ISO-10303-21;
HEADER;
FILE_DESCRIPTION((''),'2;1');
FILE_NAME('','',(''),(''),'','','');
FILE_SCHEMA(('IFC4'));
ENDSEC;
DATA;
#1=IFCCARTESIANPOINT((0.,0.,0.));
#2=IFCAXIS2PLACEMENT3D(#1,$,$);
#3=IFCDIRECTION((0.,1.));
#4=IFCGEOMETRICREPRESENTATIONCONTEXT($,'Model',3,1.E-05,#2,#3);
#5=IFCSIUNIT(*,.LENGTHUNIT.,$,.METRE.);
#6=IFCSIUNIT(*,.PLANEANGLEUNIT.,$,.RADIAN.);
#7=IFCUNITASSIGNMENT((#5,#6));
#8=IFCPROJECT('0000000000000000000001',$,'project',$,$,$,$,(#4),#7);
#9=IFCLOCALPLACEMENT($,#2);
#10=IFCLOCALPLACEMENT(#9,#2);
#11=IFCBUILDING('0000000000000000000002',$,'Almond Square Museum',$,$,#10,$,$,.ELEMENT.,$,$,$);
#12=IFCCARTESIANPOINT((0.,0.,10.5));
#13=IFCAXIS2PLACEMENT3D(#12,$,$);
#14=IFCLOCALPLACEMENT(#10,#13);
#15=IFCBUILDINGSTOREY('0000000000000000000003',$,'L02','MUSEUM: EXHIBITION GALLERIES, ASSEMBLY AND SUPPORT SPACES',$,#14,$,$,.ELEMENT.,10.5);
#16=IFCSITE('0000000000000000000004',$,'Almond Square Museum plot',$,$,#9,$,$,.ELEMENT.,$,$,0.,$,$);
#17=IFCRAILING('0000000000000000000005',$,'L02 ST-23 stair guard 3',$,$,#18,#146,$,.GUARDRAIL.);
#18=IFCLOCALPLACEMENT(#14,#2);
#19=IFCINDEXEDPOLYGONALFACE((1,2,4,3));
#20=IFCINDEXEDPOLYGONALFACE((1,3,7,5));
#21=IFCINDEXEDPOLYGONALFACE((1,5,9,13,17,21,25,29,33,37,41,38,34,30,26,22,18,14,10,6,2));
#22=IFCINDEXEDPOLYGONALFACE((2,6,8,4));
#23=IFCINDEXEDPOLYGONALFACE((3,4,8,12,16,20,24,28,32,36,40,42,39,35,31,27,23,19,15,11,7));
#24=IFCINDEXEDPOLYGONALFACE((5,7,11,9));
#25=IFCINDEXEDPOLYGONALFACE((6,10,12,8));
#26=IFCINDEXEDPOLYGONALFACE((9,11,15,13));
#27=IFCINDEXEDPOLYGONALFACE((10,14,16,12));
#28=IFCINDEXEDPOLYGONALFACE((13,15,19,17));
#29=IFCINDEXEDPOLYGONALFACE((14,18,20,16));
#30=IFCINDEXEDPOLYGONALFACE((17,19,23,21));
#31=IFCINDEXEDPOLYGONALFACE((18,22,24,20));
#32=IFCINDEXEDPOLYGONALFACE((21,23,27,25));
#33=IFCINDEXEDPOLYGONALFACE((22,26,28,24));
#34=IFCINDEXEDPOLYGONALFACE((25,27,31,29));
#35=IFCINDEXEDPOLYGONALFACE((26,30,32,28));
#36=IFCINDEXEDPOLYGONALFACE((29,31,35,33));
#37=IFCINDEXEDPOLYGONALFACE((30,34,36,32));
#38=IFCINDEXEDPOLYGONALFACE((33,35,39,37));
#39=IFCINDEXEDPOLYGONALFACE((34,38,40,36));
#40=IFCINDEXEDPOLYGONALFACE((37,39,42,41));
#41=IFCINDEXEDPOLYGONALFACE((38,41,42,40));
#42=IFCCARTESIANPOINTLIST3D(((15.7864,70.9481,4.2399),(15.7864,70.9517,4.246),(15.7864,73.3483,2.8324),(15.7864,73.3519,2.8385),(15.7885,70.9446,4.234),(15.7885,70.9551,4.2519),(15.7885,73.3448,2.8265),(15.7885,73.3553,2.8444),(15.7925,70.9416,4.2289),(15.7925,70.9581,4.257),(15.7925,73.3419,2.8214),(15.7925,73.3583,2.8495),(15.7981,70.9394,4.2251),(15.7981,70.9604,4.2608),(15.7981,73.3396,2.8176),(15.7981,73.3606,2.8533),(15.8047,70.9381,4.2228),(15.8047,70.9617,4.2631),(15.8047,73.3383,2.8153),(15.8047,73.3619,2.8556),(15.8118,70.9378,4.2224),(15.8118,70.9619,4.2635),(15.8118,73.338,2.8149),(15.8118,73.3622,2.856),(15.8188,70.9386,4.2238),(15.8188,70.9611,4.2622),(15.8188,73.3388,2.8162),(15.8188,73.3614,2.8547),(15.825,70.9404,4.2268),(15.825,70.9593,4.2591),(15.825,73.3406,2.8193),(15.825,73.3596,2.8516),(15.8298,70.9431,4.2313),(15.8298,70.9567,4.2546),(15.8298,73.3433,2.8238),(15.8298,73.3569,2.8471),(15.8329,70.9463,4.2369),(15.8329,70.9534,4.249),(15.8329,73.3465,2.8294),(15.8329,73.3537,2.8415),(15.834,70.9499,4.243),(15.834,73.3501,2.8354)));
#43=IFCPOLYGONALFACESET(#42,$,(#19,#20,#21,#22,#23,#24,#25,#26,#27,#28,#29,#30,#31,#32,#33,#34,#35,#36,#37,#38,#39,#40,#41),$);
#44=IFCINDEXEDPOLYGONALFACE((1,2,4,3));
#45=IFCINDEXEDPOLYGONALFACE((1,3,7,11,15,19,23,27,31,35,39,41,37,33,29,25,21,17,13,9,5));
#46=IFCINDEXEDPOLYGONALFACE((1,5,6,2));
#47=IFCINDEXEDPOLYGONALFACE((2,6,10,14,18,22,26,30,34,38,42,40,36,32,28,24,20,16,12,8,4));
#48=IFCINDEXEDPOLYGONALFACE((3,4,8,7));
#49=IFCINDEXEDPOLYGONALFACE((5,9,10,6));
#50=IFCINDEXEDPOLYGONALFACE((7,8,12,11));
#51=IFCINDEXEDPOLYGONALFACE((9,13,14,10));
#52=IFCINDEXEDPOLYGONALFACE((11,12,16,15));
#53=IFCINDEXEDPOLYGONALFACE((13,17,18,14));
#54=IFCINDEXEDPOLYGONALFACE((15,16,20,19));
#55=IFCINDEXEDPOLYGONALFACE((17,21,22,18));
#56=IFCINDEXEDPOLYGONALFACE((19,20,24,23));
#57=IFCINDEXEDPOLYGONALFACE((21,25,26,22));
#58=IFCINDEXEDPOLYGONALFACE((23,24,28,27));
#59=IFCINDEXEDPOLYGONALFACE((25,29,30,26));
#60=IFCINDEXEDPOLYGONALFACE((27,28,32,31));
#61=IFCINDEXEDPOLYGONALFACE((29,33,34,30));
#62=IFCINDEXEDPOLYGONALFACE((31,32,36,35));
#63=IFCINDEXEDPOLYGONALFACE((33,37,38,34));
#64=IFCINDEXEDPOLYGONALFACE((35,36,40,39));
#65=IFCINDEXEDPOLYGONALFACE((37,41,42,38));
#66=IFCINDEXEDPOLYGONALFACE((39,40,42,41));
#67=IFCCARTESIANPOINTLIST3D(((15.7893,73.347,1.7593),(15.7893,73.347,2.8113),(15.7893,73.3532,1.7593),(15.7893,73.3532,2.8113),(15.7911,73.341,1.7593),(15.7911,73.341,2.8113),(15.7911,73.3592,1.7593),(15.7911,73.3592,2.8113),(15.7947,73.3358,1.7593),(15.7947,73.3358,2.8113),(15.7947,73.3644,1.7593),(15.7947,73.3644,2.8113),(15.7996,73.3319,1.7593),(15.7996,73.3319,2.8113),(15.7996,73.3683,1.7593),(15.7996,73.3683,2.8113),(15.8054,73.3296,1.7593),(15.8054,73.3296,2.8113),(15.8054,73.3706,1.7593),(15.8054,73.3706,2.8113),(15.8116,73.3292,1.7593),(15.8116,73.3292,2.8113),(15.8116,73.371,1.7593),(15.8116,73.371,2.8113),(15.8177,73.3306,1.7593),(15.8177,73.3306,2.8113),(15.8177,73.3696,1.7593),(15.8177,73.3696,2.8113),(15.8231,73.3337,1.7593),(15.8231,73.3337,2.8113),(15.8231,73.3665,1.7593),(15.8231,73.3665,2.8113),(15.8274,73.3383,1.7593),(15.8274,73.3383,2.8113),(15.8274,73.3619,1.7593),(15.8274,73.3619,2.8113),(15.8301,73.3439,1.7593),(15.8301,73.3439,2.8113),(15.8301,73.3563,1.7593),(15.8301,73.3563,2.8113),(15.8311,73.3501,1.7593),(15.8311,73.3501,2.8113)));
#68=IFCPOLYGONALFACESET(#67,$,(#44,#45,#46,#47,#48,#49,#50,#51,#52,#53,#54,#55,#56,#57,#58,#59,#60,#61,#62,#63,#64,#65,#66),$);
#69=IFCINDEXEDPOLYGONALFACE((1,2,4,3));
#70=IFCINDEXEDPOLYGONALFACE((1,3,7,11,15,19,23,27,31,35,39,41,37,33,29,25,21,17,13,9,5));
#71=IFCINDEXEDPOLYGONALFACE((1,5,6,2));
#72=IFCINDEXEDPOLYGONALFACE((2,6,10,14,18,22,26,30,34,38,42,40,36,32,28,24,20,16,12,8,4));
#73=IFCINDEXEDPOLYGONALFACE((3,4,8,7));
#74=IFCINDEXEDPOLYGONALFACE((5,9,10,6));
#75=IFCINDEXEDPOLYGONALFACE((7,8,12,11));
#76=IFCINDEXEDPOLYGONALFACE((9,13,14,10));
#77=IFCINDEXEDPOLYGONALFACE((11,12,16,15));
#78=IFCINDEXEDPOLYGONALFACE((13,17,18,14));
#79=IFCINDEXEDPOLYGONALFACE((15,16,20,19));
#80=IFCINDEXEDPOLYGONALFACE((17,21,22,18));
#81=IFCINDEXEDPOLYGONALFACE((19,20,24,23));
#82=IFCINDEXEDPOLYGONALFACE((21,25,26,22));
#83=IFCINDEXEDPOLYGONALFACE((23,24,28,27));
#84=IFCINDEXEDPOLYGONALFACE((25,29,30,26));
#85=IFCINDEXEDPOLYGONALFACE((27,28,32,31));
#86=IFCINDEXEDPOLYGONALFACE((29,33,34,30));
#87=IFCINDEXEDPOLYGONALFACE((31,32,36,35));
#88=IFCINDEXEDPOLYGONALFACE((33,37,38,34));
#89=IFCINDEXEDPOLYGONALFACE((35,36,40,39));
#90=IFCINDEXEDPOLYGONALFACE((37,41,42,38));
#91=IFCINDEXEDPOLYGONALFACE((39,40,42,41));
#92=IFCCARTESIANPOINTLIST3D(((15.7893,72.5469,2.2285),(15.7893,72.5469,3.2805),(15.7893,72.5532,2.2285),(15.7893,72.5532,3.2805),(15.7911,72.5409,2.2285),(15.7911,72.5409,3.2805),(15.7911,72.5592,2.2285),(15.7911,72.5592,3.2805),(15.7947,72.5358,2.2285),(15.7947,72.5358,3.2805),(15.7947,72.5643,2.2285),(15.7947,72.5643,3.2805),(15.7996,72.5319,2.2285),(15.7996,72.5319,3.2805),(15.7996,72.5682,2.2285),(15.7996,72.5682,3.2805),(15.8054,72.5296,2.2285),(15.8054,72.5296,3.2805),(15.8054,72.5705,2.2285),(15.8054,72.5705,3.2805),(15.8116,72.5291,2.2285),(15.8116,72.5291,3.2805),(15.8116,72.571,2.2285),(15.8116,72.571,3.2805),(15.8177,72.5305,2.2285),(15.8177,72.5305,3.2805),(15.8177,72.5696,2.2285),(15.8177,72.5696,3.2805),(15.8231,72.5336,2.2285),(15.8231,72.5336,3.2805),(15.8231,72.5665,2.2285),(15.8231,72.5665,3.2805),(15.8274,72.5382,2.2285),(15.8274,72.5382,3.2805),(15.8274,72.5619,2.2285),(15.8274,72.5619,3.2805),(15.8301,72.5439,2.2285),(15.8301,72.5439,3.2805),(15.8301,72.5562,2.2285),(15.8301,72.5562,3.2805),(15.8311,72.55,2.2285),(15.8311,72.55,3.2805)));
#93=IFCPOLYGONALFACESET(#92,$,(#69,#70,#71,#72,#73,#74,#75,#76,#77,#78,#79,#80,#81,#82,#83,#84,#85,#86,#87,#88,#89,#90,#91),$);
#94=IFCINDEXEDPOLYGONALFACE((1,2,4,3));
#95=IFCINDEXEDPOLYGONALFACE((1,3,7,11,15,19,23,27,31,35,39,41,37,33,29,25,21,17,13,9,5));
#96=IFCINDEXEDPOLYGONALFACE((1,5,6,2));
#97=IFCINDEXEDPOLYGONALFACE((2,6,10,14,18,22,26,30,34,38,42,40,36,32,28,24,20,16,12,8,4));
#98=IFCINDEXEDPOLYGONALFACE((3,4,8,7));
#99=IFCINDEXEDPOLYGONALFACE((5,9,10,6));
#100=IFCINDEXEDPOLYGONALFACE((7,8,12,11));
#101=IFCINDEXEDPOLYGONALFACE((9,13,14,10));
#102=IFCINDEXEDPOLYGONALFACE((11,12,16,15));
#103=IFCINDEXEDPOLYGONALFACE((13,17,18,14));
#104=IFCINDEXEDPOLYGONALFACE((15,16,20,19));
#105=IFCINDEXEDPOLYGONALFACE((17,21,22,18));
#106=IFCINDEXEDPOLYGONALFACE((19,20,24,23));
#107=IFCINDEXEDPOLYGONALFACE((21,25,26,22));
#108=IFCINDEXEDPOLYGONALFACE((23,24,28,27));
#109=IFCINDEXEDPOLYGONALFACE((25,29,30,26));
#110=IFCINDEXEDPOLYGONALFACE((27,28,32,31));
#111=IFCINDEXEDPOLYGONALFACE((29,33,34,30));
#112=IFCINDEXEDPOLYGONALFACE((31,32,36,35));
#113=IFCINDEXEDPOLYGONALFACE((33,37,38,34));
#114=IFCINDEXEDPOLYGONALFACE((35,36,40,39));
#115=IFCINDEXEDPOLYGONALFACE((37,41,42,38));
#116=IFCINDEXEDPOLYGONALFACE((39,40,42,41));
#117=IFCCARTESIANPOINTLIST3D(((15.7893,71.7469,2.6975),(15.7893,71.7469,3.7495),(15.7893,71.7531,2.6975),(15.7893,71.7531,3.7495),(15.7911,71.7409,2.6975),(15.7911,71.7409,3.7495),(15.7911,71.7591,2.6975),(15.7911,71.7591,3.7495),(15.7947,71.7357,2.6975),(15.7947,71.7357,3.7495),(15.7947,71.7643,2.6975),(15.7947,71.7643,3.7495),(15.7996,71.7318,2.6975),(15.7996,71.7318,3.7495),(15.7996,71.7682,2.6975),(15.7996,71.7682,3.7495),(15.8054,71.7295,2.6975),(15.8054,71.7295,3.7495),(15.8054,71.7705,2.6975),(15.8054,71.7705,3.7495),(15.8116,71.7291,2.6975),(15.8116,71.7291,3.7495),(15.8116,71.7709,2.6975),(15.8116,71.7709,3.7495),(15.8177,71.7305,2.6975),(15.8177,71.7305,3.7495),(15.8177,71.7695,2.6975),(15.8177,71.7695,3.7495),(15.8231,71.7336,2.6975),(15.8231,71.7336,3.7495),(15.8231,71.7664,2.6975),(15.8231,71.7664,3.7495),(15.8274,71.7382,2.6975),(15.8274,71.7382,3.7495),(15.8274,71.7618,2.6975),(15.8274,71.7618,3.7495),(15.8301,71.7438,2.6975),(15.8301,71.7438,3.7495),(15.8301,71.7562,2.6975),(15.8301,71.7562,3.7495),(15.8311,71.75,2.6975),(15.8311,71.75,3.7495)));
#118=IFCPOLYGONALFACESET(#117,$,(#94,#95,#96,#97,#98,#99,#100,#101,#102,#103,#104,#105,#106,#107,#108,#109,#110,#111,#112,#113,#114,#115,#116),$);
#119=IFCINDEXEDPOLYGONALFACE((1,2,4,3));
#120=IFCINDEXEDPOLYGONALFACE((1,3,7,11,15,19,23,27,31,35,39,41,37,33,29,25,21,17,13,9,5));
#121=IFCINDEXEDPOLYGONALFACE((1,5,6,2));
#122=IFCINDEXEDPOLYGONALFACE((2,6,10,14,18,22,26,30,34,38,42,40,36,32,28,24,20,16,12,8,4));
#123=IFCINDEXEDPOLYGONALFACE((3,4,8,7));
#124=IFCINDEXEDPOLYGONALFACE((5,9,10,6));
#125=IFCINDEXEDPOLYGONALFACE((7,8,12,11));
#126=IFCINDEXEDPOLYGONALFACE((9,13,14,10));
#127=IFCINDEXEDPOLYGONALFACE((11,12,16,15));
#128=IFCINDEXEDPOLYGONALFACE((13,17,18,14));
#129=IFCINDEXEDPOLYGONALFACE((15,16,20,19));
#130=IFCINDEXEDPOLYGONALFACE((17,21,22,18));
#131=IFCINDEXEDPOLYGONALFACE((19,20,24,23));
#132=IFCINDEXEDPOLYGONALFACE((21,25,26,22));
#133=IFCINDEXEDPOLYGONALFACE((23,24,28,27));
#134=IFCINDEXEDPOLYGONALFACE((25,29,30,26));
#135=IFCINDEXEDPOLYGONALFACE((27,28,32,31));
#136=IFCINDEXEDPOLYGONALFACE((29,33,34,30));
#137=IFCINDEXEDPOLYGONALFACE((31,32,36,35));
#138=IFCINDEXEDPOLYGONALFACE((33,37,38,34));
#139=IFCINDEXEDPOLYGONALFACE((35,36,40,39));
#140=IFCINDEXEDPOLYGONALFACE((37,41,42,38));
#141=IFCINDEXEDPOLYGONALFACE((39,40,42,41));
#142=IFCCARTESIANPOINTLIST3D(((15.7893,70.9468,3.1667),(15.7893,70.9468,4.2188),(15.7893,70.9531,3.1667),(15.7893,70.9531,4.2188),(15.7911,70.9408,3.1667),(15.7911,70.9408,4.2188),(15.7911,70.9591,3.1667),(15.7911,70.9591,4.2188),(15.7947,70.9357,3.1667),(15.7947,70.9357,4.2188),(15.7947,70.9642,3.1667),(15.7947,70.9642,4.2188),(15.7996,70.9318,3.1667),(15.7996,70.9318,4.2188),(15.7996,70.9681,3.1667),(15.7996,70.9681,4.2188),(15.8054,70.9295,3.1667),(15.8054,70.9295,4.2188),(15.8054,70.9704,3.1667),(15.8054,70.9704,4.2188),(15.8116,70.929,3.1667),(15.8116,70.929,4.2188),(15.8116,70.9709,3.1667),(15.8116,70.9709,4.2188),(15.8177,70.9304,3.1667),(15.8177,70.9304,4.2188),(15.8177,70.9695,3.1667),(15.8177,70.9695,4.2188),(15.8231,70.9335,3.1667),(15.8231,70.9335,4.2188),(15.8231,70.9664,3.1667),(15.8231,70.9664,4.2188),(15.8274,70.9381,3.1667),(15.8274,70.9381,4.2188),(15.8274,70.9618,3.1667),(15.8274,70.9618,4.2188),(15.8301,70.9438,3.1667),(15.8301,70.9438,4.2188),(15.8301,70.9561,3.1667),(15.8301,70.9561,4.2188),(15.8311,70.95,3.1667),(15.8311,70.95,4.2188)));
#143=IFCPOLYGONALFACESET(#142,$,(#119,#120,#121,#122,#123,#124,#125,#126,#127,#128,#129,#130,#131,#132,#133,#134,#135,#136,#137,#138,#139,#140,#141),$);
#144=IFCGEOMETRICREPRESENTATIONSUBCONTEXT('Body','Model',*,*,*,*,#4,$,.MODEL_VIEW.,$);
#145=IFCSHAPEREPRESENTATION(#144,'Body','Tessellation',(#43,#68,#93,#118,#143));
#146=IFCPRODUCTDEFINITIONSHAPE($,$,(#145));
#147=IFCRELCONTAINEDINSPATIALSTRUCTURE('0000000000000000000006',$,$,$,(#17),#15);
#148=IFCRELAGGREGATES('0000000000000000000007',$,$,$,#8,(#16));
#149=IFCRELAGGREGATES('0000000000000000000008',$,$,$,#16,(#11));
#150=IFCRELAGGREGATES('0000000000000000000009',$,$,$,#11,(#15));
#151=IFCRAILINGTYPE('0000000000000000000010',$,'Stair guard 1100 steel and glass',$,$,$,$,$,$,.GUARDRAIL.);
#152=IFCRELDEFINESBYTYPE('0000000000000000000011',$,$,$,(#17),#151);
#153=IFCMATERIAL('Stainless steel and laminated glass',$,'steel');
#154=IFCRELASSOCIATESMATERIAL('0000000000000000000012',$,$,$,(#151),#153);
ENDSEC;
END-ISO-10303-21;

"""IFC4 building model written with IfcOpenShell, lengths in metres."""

from ifc_helpers import new_model, si_unit, direction, frame, origin, origin_2d, place, context, subcontext, project, spatial, circle, extrude, material, type_object, element, save


model = new_model("IFC4")

# Units and contexts
model_context = context("Model", 3, precision=1e-05, world=origin(), true_north=direction((0.0, 1.0)))
body_context = subcontext(model_context, "Body", "Model", "MODEL_VIEW")
ifc_project = project(units=[si_unit("LENGTHUNIT", "METRE"), si_unit("PLANEANGLEUNIT", "RADIAN")], contexts=[model_context])

# Site, building, storey
site_placement = place(None, origin())
site = spatial("IfcSite", under=ifc_project, at=site_placement, Name="Almond Square Museum plot", CompositionType="ELEMENT", RefElevation=0.0)
building_placement = place(site_placement, origin())
building = spatial("IfcBuilding", under=site, at=building_placement, Name="Almond Square Museum", CompositionType="ELEMENT")
storey_placement = place(building_placement, frame((0.0, 0.0, 10.5)))
storey = spatial("IfcBuildingStorey", under=building, at=storey_placement, Name="L02", Description="MUSEUM: EXHIBITION GALLERIES, ASSEMBLY AND SUPPORT SPACES", CompositionType="ELEMENT", Elevation=10.5)

# Railing
ifc_material_1 = material(Name="Stainless steel and laminated glass", Category="steel")
railing_type_1 = type_object("IfcRailingType", Name="Stair guard 1100 steel and glass", PredefinedType="GUARDRAIL", material=ifc_material_1)
railing_1_placement = place(storey_placement, frame((15.8101, 73.3501, 1.7593)))
element("IfcRailing", 1, at=railing_1_placement, inside=storey, type_object=railing_type_1, Name="L02 ST-23 stair guard 3", PredefinedType="GUARDRAIL", context=body_context, shape_type="SweptSolid", body=[
    extrude(circle(Radius=0.0239, at=origin_2d()), frame((0.0, 0.0, 1.0762), z_axis=(0.0, -0.862621, 0.50585), x_axis=(1.0, 0.0, 0.0)), (0.0, 0.0, 1.0), 2.7825),
    extrude(circle(Radius=0.021, at=origin_2d()), origin(), (0.0, 0.0, 1.0), 1.052),
    extrude(circle(Radius=0.021, at=origin_2d()), frame((0.0, -0.8, 0.4692)), (0.0, 0.0, 1.0), 1.052),
    extrude(circle(Radius=0.021, at=origin_2d()), frame((0.0, -1.6001, 0.9382)), (0.0, 0.0, 1.0), 1.052),
    extrude(circle(Radius=0.021, at=origin_2d()), frame((0.0, -2.4001, 1.4075)), (0.0, 0.0, 1.0), 1.052),
])

save(model, "model.ifc")
